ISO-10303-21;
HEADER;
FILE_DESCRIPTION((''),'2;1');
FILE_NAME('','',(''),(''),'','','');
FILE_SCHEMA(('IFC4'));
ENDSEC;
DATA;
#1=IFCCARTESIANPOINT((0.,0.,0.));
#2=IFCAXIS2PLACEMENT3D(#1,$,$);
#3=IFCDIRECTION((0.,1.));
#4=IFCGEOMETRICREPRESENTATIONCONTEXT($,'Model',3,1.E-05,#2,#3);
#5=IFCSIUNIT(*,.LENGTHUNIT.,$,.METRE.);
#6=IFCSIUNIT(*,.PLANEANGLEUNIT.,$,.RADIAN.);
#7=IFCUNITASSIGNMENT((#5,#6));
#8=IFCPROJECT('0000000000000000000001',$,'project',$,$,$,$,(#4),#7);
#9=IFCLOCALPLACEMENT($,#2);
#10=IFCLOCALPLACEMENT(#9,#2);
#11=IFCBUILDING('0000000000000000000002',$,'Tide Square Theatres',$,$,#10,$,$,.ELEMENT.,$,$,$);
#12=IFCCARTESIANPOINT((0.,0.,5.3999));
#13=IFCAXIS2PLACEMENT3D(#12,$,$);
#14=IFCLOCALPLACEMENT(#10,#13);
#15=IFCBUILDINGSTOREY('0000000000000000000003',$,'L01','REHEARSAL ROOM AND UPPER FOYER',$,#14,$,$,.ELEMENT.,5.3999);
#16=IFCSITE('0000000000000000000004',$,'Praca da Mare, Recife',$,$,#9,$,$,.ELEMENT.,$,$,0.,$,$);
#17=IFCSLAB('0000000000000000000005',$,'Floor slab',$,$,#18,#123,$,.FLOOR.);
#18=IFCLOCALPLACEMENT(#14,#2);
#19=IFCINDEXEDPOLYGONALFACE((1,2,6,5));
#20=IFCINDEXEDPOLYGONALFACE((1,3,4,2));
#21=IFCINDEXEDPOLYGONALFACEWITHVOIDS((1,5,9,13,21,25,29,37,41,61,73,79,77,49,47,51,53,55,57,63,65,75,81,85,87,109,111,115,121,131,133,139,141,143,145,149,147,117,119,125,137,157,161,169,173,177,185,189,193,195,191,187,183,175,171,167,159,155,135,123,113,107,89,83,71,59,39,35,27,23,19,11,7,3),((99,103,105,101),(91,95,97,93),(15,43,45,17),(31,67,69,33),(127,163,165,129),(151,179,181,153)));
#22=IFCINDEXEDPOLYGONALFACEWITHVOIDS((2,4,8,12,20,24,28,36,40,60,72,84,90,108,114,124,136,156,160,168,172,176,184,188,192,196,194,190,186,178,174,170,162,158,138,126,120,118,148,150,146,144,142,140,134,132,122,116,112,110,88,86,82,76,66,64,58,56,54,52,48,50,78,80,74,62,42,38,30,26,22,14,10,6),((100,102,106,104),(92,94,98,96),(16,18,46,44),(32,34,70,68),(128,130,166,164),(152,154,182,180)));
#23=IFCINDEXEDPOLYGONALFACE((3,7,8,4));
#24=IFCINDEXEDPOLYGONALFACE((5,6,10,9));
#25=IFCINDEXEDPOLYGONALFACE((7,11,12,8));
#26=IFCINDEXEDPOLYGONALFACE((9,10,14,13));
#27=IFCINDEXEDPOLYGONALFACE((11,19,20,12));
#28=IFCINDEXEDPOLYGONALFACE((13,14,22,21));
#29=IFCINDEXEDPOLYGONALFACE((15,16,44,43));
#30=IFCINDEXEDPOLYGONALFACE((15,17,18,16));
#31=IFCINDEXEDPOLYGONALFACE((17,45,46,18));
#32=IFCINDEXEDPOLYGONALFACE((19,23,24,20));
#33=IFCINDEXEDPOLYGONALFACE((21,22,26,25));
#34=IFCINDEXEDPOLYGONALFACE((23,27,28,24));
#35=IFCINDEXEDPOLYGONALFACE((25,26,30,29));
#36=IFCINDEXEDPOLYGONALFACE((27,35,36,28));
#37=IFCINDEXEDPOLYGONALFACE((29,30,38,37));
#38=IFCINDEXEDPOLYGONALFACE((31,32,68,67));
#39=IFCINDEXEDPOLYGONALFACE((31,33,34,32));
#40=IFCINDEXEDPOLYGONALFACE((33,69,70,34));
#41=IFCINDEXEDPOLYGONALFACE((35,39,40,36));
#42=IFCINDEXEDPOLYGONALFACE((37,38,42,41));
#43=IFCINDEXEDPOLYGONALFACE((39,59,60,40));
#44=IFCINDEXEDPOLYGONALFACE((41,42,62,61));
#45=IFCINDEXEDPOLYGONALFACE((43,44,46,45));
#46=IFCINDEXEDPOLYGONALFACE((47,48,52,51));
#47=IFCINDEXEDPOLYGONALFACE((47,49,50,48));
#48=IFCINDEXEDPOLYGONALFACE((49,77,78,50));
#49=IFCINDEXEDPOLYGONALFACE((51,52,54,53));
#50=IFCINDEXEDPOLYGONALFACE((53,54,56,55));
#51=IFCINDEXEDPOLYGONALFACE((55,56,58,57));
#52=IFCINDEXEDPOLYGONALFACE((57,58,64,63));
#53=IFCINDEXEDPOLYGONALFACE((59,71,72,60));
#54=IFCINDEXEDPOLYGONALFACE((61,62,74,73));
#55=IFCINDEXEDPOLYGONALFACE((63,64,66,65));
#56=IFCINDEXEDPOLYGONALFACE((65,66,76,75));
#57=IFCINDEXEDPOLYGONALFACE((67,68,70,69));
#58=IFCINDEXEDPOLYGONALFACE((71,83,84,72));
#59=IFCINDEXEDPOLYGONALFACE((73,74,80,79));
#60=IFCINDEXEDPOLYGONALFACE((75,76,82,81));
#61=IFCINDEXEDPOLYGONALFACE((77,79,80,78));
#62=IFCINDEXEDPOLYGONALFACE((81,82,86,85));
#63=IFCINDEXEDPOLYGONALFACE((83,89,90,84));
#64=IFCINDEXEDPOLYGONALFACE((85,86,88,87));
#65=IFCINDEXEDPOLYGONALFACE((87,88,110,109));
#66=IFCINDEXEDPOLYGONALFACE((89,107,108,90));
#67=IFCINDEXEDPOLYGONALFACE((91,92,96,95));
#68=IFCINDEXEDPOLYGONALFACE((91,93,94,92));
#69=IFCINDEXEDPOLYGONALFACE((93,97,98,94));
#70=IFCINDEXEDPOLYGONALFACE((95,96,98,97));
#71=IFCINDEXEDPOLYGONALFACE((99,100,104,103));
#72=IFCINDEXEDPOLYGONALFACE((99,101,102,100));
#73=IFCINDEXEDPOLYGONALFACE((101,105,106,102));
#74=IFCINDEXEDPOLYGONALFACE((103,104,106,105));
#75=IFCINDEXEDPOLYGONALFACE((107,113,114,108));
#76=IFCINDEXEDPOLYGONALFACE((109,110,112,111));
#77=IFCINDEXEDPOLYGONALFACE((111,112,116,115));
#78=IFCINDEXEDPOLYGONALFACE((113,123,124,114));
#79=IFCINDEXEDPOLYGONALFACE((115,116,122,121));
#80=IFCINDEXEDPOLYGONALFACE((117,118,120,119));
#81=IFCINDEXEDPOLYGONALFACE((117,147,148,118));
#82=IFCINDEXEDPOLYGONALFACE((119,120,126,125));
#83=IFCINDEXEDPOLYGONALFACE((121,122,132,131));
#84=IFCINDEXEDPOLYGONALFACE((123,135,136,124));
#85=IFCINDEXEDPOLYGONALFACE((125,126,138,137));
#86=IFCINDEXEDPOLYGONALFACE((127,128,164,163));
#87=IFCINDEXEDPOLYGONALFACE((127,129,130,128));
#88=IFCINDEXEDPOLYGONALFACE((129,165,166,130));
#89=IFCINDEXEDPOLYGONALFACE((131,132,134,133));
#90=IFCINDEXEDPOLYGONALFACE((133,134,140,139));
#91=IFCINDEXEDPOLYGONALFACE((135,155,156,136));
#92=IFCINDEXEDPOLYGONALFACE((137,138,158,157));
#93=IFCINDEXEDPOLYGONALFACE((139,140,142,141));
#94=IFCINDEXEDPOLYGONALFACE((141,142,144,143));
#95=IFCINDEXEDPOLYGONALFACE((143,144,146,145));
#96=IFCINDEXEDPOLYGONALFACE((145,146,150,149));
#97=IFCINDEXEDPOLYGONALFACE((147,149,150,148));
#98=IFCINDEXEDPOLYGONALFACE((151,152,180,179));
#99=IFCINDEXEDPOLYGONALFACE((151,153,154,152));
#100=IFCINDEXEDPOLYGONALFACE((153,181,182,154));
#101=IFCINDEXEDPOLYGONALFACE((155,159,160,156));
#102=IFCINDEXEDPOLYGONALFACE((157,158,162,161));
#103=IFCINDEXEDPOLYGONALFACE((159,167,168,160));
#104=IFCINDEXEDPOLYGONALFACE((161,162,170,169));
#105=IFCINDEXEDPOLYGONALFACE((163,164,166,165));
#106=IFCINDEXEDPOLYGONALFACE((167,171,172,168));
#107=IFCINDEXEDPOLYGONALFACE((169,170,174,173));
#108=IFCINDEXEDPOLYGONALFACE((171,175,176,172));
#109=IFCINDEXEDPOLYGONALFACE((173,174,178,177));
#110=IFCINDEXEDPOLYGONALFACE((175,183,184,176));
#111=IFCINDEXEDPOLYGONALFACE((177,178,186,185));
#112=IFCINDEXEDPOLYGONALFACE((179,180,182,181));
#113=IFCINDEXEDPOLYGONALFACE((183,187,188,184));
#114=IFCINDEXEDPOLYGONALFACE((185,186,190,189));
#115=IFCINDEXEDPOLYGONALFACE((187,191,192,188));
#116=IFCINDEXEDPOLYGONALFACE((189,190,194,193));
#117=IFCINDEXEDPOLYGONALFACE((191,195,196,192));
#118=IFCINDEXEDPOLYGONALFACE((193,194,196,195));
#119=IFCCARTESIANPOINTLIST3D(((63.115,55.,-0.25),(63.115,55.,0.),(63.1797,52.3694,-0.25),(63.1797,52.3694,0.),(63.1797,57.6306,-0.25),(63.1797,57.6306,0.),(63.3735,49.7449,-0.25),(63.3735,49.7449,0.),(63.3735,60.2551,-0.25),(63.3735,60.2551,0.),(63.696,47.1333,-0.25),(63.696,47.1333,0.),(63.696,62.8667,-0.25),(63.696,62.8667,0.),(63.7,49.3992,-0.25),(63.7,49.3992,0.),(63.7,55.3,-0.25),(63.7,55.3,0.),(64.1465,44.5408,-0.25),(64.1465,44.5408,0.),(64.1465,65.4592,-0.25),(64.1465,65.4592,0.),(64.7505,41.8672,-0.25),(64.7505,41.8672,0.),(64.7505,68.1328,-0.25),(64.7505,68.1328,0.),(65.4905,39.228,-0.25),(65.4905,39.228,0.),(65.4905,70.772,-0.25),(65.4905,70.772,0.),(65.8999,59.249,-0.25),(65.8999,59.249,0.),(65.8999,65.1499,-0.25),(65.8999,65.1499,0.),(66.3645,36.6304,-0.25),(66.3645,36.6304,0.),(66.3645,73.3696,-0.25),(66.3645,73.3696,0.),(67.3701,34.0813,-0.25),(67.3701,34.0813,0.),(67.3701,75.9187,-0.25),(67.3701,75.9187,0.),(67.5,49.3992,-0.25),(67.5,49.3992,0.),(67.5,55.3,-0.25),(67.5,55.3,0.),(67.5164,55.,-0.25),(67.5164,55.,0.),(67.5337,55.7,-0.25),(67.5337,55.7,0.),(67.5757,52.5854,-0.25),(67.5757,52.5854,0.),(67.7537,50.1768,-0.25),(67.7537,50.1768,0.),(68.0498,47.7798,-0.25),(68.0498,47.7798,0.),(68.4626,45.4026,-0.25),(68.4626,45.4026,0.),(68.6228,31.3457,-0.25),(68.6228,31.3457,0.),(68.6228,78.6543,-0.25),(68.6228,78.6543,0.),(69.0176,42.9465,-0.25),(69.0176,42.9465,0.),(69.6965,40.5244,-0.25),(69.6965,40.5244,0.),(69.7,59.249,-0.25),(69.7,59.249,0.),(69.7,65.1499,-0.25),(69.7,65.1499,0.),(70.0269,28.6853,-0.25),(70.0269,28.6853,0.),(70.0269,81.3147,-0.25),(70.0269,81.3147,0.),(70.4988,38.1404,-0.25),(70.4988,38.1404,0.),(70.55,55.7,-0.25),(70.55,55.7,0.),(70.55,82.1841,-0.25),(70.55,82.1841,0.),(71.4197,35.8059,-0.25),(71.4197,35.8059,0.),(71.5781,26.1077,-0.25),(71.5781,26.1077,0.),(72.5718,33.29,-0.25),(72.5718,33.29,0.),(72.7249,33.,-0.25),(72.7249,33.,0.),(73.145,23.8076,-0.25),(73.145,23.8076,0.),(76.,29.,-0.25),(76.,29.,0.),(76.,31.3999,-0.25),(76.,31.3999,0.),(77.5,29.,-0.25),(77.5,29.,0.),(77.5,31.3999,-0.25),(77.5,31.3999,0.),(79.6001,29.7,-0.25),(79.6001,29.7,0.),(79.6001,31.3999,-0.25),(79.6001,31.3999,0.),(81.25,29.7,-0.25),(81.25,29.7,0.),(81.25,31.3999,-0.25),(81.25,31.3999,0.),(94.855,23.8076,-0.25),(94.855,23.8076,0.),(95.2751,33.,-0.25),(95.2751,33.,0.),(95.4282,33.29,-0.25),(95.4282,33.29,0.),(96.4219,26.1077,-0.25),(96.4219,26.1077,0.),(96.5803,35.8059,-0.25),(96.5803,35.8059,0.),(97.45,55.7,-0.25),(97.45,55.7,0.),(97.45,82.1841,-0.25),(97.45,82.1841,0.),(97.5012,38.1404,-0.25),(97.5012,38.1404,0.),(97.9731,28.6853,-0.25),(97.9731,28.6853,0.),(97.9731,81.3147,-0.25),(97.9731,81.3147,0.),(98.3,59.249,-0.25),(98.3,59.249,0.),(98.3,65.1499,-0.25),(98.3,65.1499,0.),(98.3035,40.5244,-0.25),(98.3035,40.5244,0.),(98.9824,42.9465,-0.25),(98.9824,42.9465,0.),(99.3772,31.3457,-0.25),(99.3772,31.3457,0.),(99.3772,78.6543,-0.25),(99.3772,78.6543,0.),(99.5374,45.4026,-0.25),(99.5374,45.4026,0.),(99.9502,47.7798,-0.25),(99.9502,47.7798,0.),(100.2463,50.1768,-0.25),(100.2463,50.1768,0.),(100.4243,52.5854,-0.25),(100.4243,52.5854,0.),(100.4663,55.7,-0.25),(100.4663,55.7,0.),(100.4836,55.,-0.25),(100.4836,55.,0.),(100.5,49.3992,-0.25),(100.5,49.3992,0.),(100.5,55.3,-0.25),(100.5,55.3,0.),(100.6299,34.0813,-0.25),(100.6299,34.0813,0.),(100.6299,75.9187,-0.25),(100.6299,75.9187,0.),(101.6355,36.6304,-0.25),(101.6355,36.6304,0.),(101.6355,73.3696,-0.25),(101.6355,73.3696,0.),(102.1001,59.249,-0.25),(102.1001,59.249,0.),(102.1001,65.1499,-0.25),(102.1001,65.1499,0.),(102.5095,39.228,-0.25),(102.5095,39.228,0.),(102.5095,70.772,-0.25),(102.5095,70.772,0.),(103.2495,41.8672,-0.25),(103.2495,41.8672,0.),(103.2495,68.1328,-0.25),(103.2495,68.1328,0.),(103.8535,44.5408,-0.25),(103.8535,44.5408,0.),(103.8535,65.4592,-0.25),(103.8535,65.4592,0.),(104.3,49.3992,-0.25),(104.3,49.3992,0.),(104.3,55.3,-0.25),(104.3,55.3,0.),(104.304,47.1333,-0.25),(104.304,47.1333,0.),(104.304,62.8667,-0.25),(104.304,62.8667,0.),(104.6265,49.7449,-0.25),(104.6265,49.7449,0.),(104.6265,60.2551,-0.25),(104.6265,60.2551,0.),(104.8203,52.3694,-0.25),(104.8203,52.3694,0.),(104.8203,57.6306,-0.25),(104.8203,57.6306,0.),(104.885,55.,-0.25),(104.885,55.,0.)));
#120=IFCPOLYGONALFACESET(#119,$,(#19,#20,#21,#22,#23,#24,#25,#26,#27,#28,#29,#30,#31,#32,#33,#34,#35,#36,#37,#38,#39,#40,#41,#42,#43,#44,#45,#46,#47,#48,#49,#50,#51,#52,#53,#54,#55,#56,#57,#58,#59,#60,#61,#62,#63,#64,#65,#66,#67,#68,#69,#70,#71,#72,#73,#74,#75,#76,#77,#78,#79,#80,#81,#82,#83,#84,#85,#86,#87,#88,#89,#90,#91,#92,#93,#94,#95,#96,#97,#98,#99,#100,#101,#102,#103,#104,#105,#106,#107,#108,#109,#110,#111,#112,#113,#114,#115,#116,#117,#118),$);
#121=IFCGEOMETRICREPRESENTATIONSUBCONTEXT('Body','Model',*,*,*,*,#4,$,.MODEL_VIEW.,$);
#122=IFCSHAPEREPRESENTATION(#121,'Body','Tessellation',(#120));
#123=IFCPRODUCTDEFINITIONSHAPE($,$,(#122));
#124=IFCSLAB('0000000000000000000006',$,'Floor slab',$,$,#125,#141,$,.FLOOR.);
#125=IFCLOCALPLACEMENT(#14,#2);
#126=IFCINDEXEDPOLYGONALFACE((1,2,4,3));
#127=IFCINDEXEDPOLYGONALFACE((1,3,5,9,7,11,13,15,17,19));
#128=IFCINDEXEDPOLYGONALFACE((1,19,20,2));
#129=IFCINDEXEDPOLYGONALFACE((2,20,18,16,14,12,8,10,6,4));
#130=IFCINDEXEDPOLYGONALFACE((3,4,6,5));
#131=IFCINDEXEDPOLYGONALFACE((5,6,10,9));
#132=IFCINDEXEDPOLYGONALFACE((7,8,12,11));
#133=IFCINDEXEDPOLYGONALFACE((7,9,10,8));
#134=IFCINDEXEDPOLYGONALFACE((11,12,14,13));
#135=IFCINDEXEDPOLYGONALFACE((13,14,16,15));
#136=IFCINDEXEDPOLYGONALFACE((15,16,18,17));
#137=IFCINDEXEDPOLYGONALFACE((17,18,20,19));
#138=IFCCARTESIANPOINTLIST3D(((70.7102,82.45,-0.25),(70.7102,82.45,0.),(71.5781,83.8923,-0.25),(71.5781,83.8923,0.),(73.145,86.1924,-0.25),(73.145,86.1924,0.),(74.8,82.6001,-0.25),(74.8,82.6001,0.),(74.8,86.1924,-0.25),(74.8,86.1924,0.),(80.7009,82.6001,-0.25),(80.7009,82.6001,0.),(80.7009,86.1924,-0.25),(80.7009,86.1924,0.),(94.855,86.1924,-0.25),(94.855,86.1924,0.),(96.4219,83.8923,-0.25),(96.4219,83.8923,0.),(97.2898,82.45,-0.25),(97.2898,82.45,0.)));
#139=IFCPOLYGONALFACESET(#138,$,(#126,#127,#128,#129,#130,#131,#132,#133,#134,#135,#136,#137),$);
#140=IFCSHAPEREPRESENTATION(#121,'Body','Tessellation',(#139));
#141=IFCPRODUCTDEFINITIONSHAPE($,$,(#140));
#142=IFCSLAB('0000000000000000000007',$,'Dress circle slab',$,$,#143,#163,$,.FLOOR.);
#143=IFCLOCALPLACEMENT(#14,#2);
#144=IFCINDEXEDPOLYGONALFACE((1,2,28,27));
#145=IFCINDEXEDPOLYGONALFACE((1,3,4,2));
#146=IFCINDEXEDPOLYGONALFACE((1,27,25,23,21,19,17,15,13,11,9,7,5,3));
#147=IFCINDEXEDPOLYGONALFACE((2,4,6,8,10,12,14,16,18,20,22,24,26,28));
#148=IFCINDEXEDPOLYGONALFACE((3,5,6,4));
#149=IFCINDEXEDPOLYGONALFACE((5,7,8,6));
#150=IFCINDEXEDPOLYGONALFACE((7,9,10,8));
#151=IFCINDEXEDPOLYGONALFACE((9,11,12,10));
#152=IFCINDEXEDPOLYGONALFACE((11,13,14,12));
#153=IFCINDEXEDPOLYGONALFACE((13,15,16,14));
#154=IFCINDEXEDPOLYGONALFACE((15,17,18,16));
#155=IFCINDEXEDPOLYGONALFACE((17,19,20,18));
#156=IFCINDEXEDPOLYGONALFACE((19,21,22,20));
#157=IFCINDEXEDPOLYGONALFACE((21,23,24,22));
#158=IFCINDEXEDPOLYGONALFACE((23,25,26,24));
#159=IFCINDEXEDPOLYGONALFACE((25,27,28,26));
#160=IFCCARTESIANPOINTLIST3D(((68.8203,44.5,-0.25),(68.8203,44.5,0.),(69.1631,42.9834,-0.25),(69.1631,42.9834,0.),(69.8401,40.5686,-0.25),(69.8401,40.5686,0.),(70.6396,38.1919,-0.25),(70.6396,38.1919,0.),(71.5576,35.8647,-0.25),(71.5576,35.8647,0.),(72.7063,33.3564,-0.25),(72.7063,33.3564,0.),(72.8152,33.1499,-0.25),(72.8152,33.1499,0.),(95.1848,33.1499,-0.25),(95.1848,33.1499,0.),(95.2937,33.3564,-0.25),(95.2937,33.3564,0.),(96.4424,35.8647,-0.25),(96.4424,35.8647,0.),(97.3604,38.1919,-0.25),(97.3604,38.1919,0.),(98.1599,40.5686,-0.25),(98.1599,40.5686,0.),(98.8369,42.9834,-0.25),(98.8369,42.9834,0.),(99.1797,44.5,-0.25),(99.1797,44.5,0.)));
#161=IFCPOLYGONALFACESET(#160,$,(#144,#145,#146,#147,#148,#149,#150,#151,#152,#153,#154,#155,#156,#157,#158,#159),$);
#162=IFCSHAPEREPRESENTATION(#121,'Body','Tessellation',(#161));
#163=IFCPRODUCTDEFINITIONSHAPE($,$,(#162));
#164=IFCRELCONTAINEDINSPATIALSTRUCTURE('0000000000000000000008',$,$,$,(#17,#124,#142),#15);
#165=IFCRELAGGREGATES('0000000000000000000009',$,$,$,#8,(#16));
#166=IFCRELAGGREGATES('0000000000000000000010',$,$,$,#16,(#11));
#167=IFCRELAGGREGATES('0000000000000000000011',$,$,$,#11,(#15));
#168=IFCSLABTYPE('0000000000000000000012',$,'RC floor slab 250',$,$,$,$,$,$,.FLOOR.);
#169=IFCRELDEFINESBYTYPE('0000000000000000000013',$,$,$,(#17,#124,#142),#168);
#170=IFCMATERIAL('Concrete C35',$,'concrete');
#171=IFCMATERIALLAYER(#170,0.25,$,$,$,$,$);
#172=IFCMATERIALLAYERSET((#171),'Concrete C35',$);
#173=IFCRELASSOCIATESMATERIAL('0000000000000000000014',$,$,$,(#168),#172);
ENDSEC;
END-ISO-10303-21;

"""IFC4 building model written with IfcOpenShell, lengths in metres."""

from ifc_helpers import new_model, si_unit, direction, frame, origin, place, context, subcontext, project, spatial, polyline, outline, extrude, material, layer, layer_set, type_object, element, save


model = new_model("IFC4")

# Units and contexts
model_context = context("Model", 3, precision=1e-05, world=origin(), true_north=direction((0.0, 1.0)))
body_context = subcontext(model_context, "Body", "Model", "MODEL_VIEW")
ifc_project = project(units=[si_unit("LENGTHUNIT", "METRE"), si_unit("PLANEANGLEUNIT", "RADIAN")], contexts=[model_context])

# Site, building, storey
site_placement = place(None, origin())
site = spatial("IfcSite", under=ifc_project, at=site_placement, Name="Praca da Mare, Recife", CompositionType="ELEMENT", RefElevation=0.0)
building_placement = place(site_placement, origin())
building = spatial("IfcBuilding", under=site, at=building_placement, Name="Tide Square Theatres", CompositionType="ELEMENT")
storey_placement = place(building_placement, frame((0.0, 0.0, 5.3999)))
storey = spatial("IfcBuildingStorey", under=building, at=storey_placement, Name="L01", Description="REHEARSAL ROOM AND UPPER FOYER", CompositionType="ELEMENT", Elevation=5.3999)

# Slabs
ifc_material_1 = material(Name="Concrete C35", Category="concrete")
ifc_layer_1 = layer(ifc_material_1, 0.25)
ifc_layer_set_1 = layer_set([ifc_layer_1], Name="Concrete C35")
slab_type_1 = type_object("IfcSlabType", Name="RC floor slab 250", PredefinedType="FLOOR", material=ifc_layer_set_1)
slab_1_placement = place(storey_placement, frame((0.0, 0.0, -0.25)))
element("IfcSlab", 1, at=slab_1_placement, inside=storey, type_object=slab_type_1, Name="Floor slab", PredefinedType="FLOOR", context=body_context, shape_type="SweptSolid", body=[
    extrude(outline(polyline([(64.7505, 41.8672), (65.4905, 39.228), (66.3645, 36.6304), (67.3701, 34.0813), (68.6228, 31.3457), (70.0269, 28.6853), (71.5781, 26.1077), (73.145, 23.8076), (94.855, 23.8076), (96.4219, 26.1077), (97.9731, 28.6853), (99.3772, 31.3457), (100.6299, 34.0813), (101.6355, 36.6304), (102.5095, 39.228), (103.2495, 41.8672), (103.8535, 44.5408), (104.304, 47.1333), (104.6265, 49.7449), (104.8203, 52.3694), (104.885, 55.0), (104.8203, 57.6306), (104.6265, 60.2551), (104.304, 62.8667), (103.8535, 65.4592), (103.2495, 68.1328), (102.5095, 70.772), (101.6355, 73.3696), (100.6299, 75.9187), (99.3772, 78.6543), (97.9731, 81.3147), (97.45, 82.1841), (97.45, 55.7), (100.4663, 55.7), (100.4836, 55.0), (100.4243, 52.5854), (100.2463, 50.1768), (99.9502, 47.7798), (99.5374, 45.4026), (98.9824, 42.9465), (98.3035, 40.5244), (97.5012, 38.1404), (96.5803, 35.8059), (95.4282, 33.29), (95.2751, 33.0), (72.7249, 33.0), (72.5718, 33.29), (71.4197, 35.8059), (70.4988, 38.1404), (69.6965, 40.5244), (69.0176, 42.9465), (68.4626, 45.4026), (68.0498, 47.7798), (67.7537, 50.1768), (67.5757, 52.5854), (67.5164, 55.0), (67.5337, 55.7), (70.55, 55.7), (70.55, 82.1841), (70.0269, 81.3147), (68.6228, 78.6543), (67.3701, 75.9187), (66.3645, 73.3696), (65.4905, 70.772), (64.7505, 68.1328), (64.1465, 65.4592), (63.696, 62.8667), (63.3735, 60.2551), (63.1797, 57.6306), (63.115, 55.0), (63.1797, 52.3694), (63.3735, 49.7449), (63.696, 47.1333), (64.1465, 44.5408), (64.7505, 41.8672)]), holes=[polyline([(65.8999, 59.249), (69.7, 59.249), (69.7, 65.1499), (65.8999, 65.1499), (65.8999, 59.249)]), polyline([(98.3, 65.1499), (98.3, 59.249), (102.1001, 59.249), (102.1001, 65.1499), (98.3, 65.1499)]), polyline([(67.5, 55.3), (63.7, 55.3), (63.7, 49.3992), (67.5, 49.3992), (67.5, 55.3)]), polyline([(104.3, 49.3992), (104.3, 55.3), (100.5, 55.3), (100.5, 49.3992), (104.3, 49.3992)]), polyline([(76.0, 31.3999), (76.0, 29.0), (77.5, 29.0), (77.5, 31.3999), (76.0, 31.3999)]), polyline([(81.25, 31.3999), (79.6001, 31.3999), (79.6001, 29.7), (81.25, 29.7), (81.25, 31.3999)])]), origin(), (0.0, 0.0, 1.0), 0.25),
])
slab_2_placement = place(storey_placement, frame((0.0, 0.0, -0.25)))
element("IfcSlab", 2, at=slab_2_placement, inside=storey, type_object=slab_type_1, Name="Floor slab", PredefinedType="FLOOR", context=body_context, shape_type="SweptSolid", body=[
    extrude(outline(polyline([(71.5781, 83.8923), (70.7102, 82.45), (97.2898, 82.45), (96.4219, 83.8923), (94.855, 86.1924), (80.7009, 86.1924), (80.7009, 82.6001), (74.8, 82.6001), (74.8, 86.1924), (73.145, 86.1924), (71.5781, 83.8923)])), origin(), (0.0, 0.0, 1.0), 0.25),
])
slab_3_placement = place(storey_placement, frame((0.0, 0.0, -0.25)))
element("IfcSlab", 3, at=slab_3_placement, inside=storey, type_object=slab_type_1, Name="Dress circle slab", PredefinedType="FLOOR", context=body_context, shape_type="SweptSolid", body=[
    extrude(outline(polyline([(71.5576, 35.8647), (72.7063, 33.3564), (72.8152, 33.1499), (95.1848, 33.1499), (95.2937, 33.3564), (96.4424, 35.8647), (97.3604, 38.1919), (98.1599, 40.5686), (98.8369, 42.9834), (99.1797, 44.5), (68.8203, 44.5), (69.1631, 42.9834), (69.8401, 40.5686), (70.6396, 38.1919), (71.5576, 35.8647)])), origin(), (0.0, 0.0, 1.0), 0.25),
])

save(model, "model.ifc")
